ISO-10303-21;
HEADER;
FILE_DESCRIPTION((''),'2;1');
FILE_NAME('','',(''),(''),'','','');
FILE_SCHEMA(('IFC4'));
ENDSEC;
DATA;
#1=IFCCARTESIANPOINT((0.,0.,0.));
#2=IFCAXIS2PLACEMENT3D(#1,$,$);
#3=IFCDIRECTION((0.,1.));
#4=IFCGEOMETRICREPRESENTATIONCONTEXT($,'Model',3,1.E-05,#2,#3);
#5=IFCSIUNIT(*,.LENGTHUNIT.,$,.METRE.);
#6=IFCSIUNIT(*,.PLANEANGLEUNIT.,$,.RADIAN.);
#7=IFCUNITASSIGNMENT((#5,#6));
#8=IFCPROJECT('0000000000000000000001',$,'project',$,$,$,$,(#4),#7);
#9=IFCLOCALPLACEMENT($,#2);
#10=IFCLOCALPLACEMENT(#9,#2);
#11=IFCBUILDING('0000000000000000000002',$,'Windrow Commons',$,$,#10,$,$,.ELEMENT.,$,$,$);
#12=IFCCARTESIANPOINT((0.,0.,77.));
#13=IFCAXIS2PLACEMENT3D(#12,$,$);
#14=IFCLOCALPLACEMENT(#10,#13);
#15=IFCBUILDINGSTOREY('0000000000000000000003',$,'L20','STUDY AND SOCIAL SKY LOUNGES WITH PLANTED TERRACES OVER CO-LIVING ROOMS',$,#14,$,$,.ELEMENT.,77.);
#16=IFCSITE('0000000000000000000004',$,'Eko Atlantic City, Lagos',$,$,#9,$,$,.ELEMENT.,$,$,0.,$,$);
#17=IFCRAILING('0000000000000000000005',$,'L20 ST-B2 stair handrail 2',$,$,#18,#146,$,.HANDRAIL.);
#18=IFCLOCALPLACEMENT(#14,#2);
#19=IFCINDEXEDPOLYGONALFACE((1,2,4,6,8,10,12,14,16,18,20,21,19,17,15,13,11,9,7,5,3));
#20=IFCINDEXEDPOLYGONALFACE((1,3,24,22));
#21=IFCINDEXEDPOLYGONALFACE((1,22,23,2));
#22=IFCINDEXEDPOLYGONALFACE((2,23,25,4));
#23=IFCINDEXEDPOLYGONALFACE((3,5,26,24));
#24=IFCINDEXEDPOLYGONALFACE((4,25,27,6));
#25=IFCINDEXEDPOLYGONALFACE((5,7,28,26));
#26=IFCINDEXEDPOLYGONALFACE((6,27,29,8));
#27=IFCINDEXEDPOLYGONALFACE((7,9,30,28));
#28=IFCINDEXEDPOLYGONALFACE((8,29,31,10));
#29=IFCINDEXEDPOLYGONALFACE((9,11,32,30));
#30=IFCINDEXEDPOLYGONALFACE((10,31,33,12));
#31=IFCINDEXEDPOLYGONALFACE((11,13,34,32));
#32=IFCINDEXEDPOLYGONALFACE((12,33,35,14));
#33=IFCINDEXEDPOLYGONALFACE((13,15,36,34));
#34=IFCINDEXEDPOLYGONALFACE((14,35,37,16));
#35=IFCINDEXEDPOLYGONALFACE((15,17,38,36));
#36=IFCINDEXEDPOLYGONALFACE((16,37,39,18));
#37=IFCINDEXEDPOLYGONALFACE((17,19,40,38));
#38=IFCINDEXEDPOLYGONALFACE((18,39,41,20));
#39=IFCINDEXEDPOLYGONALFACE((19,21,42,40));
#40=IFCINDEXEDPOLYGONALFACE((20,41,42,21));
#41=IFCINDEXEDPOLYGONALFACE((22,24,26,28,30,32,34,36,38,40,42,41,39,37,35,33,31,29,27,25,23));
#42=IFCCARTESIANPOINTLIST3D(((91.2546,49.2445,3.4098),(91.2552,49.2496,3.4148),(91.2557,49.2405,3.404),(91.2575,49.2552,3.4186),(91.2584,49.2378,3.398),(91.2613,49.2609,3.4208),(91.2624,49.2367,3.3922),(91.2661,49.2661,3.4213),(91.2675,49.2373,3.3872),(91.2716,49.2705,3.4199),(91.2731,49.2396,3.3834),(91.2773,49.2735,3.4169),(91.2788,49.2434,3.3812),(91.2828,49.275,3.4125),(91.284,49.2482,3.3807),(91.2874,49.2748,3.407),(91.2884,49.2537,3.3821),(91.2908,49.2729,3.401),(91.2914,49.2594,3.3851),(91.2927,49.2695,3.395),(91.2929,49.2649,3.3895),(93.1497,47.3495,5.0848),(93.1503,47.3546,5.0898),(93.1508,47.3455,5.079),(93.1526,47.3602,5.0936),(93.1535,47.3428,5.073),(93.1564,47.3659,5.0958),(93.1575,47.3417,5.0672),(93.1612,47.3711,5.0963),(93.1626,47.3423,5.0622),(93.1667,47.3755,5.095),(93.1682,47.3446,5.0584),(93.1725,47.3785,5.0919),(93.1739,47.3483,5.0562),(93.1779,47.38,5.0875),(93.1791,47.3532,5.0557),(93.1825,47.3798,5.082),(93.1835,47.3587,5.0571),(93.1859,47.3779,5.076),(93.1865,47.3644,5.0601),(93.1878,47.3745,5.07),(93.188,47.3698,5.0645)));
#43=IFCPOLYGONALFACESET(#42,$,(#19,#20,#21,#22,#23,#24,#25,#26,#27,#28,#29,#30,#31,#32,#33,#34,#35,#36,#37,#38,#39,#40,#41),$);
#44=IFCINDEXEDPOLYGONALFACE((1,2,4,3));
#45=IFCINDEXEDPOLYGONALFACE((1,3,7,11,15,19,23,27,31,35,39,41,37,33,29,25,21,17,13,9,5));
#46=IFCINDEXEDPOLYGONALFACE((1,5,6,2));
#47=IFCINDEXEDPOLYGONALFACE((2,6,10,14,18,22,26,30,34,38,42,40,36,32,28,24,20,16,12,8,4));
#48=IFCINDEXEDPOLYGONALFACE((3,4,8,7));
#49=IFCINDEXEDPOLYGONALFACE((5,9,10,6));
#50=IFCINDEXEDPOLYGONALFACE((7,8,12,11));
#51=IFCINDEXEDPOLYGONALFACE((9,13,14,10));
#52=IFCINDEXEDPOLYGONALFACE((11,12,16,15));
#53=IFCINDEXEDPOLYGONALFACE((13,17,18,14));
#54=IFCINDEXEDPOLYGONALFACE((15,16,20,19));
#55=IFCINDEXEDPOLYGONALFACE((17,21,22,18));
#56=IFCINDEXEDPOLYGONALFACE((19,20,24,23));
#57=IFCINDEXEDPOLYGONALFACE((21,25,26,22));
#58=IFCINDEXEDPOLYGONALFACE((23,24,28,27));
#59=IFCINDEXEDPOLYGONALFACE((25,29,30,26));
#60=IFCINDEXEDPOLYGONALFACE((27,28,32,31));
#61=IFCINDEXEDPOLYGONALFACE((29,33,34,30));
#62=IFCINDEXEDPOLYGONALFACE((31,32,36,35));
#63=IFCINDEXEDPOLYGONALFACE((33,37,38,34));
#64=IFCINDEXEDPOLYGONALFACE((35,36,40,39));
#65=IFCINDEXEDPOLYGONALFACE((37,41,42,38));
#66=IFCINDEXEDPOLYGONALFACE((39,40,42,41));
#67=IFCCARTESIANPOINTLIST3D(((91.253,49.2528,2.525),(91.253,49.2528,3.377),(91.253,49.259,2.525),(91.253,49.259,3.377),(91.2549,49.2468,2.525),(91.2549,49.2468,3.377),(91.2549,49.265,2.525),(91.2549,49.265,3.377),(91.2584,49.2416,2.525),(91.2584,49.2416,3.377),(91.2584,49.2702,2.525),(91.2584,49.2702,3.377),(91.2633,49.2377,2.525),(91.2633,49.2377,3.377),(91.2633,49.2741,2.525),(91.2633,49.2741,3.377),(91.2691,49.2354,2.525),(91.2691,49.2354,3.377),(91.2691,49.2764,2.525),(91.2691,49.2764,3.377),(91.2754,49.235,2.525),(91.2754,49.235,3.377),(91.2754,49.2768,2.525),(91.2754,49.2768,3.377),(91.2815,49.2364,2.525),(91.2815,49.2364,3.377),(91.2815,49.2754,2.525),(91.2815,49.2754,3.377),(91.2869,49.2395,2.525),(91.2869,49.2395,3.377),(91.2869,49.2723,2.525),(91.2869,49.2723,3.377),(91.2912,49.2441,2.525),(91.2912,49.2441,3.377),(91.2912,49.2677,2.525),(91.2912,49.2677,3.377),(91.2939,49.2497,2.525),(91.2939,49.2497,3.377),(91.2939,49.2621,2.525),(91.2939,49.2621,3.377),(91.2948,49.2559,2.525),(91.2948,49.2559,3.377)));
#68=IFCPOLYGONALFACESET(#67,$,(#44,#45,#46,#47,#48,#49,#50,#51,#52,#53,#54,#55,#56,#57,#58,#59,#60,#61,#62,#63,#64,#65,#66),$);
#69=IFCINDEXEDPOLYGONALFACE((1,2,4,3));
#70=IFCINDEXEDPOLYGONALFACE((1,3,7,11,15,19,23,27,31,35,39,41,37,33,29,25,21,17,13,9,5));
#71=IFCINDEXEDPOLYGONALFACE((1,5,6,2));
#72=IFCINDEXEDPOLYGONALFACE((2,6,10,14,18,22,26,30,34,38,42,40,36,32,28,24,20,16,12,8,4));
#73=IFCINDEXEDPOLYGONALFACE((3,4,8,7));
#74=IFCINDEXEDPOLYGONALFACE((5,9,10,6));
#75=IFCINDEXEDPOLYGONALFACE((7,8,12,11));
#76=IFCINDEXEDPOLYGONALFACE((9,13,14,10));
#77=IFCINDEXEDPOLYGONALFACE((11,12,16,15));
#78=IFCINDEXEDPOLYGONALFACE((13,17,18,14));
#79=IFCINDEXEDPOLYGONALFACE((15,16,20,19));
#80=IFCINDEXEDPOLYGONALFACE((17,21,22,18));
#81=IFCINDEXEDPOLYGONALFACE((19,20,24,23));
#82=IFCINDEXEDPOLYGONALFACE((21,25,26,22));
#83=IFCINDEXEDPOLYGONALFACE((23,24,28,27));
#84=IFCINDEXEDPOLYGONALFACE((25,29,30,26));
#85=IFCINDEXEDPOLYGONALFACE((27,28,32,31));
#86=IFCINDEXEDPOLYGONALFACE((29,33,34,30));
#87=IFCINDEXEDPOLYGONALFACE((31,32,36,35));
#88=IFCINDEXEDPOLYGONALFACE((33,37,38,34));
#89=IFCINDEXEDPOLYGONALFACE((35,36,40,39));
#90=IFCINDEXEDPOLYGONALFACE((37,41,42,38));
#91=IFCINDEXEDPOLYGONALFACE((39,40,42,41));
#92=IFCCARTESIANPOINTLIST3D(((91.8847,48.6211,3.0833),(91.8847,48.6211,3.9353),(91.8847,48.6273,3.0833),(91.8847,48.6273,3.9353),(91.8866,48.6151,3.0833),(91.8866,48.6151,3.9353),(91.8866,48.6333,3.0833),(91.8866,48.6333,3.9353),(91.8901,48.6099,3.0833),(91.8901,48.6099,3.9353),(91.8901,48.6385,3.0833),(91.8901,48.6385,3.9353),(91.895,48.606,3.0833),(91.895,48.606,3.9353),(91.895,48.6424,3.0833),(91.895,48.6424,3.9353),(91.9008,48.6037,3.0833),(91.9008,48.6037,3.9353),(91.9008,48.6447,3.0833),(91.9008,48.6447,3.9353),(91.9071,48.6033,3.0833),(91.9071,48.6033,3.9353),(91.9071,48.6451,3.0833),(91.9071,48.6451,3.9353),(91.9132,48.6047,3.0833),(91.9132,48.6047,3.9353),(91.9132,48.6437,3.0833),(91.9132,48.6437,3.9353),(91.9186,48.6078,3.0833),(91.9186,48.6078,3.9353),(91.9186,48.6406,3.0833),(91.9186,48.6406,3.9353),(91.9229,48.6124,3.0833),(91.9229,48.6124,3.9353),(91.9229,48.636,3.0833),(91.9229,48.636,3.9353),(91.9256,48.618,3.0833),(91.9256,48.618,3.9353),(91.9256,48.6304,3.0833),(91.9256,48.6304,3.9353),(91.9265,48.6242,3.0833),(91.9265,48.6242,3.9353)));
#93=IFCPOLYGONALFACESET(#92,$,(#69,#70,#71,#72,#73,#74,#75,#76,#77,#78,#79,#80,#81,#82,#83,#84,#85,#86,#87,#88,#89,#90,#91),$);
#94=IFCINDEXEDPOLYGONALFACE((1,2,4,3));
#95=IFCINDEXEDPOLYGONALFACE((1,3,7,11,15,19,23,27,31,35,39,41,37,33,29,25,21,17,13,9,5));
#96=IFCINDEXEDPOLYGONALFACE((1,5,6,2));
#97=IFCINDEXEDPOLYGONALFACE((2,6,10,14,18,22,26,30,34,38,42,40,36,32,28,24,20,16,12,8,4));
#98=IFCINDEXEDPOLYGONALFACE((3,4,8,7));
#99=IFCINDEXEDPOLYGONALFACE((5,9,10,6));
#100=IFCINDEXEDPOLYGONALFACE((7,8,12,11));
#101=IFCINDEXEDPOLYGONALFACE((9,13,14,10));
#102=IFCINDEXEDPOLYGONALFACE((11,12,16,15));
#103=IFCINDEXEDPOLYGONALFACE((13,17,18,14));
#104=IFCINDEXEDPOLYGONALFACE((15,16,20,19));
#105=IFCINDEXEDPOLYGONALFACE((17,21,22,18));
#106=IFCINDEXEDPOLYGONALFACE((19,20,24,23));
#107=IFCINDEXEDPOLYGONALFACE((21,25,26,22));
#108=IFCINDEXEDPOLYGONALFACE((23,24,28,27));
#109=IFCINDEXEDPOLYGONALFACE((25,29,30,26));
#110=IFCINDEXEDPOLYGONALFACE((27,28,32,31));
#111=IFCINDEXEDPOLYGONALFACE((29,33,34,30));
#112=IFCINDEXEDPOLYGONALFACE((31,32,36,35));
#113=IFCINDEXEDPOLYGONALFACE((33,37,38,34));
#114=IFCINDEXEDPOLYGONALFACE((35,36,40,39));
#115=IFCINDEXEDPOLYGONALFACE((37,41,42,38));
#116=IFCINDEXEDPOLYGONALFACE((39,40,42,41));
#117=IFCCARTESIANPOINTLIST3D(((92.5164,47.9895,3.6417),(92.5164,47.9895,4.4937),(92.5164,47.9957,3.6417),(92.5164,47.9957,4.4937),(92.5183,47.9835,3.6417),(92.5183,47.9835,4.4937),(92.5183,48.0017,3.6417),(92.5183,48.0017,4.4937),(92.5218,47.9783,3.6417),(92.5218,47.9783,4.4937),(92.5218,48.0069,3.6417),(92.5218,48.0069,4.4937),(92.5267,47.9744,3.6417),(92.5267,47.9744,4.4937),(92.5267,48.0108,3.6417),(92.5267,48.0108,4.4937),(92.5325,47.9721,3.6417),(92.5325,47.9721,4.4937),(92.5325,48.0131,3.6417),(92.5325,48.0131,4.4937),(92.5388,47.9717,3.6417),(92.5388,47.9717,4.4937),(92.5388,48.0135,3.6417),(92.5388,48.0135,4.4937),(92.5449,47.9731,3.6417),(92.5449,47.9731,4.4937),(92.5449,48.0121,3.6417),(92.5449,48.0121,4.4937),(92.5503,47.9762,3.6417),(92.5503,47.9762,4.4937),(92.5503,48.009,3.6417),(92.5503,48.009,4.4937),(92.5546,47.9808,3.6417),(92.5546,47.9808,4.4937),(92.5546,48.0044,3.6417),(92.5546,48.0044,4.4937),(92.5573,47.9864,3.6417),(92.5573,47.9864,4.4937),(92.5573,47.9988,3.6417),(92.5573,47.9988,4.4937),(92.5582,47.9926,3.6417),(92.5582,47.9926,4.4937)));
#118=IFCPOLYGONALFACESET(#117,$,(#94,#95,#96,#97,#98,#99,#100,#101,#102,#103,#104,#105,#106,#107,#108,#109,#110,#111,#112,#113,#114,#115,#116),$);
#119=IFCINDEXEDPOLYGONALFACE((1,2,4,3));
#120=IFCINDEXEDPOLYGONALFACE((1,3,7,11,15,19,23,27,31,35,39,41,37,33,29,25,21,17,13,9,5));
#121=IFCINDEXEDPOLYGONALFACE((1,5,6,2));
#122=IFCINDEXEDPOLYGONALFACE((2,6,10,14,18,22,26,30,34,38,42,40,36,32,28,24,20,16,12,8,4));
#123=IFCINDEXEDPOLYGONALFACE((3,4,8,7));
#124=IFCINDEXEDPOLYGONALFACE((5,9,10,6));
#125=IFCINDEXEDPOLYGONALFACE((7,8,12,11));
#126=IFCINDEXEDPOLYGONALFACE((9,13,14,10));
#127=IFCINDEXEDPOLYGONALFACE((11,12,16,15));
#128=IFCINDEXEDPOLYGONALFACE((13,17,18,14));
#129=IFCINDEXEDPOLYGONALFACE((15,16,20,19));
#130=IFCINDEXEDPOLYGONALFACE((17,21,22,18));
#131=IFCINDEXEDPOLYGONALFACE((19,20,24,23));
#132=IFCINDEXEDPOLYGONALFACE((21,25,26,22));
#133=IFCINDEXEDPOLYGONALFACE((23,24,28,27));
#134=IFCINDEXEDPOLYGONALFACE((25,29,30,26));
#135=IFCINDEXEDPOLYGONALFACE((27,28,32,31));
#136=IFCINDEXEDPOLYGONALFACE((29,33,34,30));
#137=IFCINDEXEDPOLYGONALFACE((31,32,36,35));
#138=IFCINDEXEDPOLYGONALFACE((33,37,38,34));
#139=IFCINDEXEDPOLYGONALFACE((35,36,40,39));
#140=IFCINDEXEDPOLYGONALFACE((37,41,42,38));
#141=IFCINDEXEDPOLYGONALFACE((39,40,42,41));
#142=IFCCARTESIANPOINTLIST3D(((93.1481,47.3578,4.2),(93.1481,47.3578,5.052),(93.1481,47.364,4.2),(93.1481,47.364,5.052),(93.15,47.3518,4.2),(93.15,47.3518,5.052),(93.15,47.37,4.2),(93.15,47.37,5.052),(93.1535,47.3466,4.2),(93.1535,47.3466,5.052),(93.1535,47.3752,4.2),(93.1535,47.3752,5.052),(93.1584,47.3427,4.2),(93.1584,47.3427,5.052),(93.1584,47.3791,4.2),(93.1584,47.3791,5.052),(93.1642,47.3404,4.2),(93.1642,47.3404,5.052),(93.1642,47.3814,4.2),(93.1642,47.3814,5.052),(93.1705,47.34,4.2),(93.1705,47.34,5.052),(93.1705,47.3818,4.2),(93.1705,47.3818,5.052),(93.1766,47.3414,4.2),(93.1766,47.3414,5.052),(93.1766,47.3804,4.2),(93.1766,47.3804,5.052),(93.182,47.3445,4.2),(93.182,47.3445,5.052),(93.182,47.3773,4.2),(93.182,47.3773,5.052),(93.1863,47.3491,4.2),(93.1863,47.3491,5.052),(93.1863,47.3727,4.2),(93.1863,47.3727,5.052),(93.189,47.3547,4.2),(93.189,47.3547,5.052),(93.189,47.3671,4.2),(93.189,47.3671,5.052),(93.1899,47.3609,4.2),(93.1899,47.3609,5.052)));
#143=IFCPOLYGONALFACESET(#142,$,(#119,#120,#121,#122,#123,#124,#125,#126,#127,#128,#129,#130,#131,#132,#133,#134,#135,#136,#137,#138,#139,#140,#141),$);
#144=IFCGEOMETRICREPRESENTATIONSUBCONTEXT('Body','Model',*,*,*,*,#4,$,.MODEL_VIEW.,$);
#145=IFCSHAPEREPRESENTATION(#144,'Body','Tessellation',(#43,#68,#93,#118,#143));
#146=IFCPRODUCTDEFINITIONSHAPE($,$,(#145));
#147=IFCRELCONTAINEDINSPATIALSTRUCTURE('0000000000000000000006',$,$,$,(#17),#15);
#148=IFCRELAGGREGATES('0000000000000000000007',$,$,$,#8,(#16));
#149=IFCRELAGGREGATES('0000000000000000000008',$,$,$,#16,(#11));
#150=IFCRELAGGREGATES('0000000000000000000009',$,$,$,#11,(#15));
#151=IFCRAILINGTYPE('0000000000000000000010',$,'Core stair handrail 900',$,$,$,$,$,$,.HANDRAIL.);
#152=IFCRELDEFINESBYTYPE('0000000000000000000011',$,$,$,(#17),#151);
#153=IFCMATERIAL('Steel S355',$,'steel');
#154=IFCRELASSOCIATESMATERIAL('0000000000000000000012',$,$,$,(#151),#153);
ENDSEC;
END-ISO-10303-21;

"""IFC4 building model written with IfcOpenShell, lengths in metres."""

from ifc_helpers import new_model, si_unit, direction, frame, origin, origin_2d, place, context, subcontext, project, spatial, circle, extrude, material, type_object, element, save


model = new_model("IFC4")

# Units and contexts
model_context = context("Model", 3, precision=1e-05, world=origin(), true_north=direction((0.0, 1.0)))
body_context = subcontext(model_context, "Body", "Model", "MODEL_VIEW")
ifc_project = project(units=[si_unit("LENGTHUNIT", "METRE"), si_unit("PLANEANGLEUNIT", "RADIAN")], contexts=[model_context])

# Site, building, storey
site_placement = place(None, origin())
site = spatial("IfcSite", under=ifc_project, at=site_placement, Name="Eko Atlantic City, Lagos", CompositionType="ELEMENT", RefElevation=0.0)
building_placement = place(site_placement, origin())
building = spatial("IfcBuilding", under=site, at=building_placement, Name="Windrow Commons", CompositionType="ELEMENT")
storey_placement = place(building_placement, frame((0.0, 0.0, 77.0)))
storey = spatial("IfcBuildingStorey", under=building, at=storey_placement, Name="L20", Description="STUDY AND SOCIAL SKY LOUNGES WITH PLANTED TERRACES OVER CO-LIVING ROOMS", CompositionType="ELEMENT", Elevation=77.0)

# Railing
ifc_material_1 = material(Name="Steel S355", Category="steel")
railing_type_1 = type_object("IfcRailingType", Name="Core stair handrail 900", PredefinedType="HANDRAIL", material=ifc_material_1)
railing_1_placement = place(storey_placement, frame((91.2738, 49.2559, 2.525)))
element("IfcRailing", 1, at=railing_1_placement, inside=storey, type_object=railing_type_1, Name="L20 ST-B2 stair handrail 2", PredefinedType="HANDRAIL", context=body_context, shape_type="SweptSolid", body=[
    extrude(circle(Radius=0.024, at=origin_2d()), frame((0.0, 0.0, 0.876), z_axis=(0.599642, -0.59961, 0.529998), x_axis=(0.707088, 0.707125, 0.0)), (0.0, 0.0, 1.0), 3.1604),
    extrude(circle(Radius=0.021, at=origin_2d()), origin(), (0.0, 0.0, 1.0), 0.852),
    extrude(circle(Radius=0.021, at=origin_2d()), frame((0.6317, -0.6317, 0.5583)), (0.0, 0.0, 1.0), 0.852),
    extrude(circle(Radius=0.021, at=origin_2d()), frame((1.2634, -1.2633, 1.1167)), (0.0, 0.0, 1.0), 0.852),
    extrude(circle(Radius=0.021, at=origin_2d()), frame((1.8951, -1.895, 1.675)), (0.0, 0.0, 1.0), 0.852),
])

save(model, "model.ifc")
